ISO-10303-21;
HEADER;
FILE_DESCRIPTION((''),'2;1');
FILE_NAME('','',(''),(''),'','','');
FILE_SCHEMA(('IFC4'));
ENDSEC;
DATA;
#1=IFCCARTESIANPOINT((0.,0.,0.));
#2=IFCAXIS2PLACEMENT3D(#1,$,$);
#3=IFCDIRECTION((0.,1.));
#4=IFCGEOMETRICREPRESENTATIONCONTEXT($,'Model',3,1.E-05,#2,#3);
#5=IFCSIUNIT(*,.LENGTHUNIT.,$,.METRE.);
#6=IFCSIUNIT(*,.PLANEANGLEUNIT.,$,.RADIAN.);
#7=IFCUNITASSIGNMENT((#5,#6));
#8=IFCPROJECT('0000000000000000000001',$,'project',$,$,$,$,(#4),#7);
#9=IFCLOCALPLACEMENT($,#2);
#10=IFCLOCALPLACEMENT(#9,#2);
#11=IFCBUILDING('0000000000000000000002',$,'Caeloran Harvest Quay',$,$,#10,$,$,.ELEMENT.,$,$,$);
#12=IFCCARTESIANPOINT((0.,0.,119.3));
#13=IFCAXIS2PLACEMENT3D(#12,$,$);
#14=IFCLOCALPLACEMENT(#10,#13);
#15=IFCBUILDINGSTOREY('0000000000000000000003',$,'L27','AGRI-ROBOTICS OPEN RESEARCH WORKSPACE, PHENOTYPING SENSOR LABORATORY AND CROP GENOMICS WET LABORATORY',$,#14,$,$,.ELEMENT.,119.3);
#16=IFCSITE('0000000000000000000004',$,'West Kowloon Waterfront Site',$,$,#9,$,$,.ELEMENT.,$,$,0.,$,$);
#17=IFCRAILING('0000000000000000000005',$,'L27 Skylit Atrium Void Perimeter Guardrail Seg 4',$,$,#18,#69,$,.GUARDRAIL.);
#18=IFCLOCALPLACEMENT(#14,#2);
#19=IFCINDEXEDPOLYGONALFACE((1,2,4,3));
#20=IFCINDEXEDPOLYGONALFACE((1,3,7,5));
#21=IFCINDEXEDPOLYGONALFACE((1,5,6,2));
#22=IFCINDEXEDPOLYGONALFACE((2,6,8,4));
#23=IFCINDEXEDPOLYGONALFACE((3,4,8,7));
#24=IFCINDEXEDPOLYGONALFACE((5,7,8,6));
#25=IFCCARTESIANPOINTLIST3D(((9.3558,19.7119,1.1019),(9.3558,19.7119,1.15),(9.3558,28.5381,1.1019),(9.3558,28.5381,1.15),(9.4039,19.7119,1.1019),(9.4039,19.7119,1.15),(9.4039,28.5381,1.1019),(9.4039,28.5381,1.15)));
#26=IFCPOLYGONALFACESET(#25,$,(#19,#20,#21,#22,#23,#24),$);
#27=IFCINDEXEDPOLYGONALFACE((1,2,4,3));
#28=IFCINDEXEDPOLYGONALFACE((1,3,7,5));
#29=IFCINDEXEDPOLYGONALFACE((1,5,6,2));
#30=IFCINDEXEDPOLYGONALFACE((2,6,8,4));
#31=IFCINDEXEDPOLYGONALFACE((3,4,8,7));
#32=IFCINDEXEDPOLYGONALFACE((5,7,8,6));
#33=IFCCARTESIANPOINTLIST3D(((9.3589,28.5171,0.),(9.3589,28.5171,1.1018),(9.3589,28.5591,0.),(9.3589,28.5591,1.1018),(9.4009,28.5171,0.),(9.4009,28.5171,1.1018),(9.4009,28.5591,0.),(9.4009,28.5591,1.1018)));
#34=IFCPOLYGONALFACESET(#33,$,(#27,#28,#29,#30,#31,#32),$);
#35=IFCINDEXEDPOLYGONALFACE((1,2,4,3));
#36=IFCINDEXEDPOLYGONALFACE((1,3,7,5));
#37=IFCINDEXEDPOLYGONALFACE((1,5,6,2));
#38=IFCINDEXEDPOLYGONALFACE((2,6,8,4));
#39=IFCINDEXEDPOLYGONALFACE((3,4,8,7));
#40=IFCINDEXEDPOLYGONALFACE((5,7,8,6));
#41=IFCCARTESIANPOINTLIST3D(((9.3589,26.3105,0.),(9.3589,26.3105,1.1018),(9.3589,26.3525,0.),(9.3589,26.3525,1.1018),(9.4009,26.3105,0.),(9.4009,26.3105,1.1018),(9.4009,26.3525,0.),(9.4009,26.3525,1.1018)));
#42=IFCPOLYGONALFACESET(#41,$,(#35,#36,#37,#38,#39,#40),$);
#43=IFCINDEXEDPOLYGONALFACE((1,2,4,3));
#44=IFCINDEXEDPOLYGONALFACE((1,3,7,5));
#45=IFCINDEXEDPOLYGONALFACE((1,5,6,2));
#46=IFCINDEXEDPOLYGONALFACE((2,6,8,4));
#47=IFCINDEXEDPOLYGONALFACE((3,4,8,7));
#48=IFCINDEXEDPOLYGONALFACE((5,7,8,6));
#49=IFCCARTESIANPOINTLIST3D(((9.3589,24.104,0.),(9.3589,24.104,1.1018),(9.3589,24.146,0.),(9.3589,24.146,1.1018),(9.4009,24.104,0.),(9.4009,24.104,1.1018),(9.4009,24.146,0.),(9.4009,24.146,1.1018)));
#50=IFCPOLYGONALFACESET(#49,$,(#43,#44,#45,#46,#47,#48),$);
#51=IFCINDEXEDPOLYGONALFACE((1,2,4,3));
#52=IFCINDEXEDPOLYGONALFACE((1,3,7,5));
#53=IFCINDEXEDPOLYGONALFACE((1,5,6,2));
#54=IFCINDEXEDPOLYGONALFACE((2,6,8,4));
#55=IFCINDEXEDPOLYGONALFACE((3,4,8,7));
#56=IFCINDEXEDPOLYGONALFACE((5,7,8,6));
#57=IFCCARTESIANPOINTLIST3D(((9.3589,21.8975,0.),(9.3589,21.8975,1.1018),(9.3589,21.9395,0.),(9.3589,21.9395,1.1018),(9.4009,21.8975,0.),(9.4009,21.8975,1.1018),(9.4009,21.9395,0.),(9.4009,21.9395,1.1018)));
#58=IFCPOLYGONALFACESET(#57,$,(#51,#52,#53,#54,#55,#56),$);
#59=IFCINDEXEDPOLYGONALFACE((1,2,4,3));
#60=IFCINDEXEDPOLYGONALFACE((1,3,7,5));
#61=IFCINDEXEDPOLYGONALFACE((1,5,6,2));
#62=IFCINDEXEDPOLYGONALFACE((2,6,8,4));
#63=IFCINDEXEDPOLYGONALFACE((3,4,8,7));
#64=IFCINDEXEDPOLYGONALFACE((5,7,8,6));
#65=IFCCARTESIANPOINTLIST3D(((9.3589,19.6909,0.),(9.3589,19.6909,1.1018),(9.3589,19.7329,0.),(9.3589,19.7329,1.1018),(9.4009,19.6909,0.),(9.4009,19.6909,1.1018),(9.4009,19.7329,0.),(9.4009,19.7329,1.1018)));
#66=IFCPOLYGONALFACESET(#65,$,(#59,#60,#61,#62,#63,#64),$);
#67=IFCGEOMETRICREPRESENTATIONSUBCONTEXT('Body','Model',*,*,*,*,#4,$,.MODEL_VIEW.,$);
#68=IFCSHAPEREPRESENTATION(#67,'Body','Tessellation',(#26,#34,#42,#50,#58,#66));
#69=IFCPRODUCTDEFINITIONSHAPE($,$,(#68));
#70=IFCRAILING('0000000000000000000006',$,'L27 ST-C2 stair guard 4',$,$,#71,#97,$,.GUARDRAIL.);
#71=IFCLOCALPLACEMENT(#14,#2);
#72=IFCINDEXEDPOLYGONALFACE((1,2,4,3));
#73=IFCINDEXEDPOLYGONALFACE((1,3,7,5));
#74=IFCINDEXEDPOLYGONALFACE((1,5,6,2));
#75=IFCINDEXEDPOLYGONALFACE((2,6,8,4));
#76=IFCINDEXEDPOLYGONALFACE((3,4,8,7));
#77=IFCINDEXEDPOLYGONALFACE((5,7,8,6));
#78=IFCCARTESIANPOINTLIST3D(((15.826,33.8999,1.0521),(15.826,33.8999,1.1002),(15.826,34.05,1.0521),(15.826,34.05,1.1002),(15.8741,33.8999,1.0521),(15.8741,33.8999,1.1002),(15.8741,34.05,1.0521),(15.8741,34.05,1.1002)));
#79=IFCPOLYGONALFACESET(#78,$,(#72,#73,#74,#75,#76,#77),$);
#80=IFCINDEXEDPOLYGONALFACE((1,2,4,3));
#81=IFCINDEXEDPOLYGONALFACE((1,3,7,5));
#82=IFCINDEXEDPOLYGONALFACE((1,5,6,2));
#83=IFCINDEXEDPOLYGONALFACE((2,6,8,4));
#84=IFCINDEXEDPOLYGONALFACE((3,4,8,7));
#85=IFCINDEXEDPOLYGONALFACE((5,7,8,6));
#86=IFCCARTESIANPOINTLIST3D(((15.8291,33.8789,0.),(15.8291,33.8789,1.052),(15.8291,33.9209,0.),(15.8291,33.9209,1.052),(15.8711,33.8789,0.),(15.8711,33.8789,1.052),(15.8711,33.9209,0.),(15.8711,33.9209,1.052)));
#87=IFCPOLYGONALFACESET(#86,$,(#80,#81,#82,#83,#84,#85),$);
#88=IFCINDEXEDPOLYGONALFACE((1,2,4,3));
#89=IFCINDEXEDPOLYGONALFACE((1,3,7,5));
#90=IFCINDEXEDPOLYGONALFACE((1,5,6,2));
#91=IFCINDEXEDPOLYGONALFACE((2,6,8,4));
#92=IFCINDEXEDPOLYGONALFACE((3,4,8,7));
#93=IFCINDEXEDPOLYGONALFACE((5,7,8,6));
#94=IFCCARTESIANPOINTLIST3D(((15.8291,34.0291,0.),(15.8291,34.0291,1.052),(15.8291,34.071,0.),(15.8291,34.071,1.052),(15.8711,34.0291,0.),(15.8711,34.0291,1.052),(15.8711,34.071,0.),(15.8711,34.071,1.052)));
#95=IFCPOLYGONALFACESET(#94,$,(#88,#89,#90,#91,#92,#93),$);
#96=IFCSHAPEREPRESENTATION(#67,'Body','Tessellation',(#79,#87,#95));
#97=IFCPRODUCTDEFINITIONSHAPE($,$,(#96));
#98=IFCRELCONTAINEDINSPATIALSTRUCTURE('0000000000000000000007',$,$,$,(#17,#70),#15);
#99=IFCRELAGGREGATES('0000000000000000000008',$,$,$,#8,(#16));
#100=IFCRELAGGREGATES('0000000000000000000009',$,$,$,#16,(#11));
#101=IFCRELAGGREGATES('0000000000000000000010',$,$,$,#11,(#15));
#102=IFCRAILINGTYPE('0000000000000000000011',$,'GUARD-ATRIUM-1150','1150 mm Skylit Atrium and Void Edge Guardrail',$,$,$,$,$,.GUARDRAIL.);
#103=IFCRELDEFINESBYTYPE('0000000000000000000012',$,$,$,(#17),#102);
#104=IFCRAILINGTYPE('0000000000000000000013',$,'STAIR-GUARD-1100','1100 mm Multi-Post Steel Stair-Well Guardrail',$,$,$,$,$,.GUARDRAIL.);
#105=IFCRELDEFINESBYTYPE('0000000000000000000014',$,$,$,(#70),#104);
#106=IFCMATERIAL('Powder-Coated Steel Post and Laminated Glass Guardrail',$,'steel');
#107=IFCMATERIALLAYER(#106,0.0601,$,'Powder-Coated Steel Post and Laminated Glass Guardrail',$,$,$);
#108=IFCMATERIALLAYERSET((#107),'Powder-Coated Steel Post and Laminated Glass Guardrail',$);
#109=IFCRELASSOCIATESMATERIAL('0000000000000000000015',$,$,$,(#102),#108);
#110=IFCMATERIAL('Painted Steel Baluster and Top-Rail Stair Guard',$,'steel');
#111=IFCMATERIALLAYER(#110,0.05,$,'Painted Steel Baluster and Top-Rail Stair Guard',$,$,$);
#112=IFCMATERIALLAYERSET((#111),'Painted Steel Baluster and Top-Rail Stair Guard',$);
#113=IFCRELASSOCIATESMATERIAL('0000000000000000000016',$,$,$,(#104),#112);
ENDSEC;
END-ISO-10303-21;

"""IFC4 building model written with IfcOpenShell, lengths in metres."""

from ifc_helpers import new_model, si_unit, direction, frame, origin, origin_2d, place, context, subcontext, project, spatial, rectangle, extrude, material, layer, layer_set, type_object, element, save


model = new_model("IFC4")

# Units and contexts
model_context = context("Model", 3, precision=1e-05, world=origin(), true_north=direction((0.0, 1.0)))
body_context = subcontext(model_context, "Body", "Model", "MODEL_VIEW")
ifc_project = project(units=[si_unit("LENGTHUNIT", "METRE"), si_unit("PLANEANGLEUNIT", "RADIAN")], contexts=[model_context])

# Site, building, storey
site_placement = place(None, origin())
site = spatial("IfcSite", under=ifc_project, at=site_placement, Name="West Kowloon Waterfront Site", CompositionType="ELEMENT", RefElevation=0.0)
building_placement = place(site_placement, origin())
building = spatial("IfcBuilding", under=site, at=building_placement, Name="Caeloran Harvest Quay", CompositionType="ELEMENT")
storey_placement = place(building_placement, frame((0.0, 0.0, 119.3)))
storey = spatial("IfcBuildingStorey", under=building, at=storey_placement, Name="L27", Description="AGRI-ROBOTICS OPEN RESEARCH WORKSPACE, PHENOTYPING SENSOR LABORATORY AND CROP GENOMICS WET LABORATORY", CompositionType="ELEMENT", Elevation=119.3)

# Railings
ifc_material_1 = material(Name="Powder-Coated Steel Post and Laminated Glass Guardrail", Category="steel")
ifc_layer_1 = layer(ifc_material_1, 0.0601, Name="Powder-Coated Steel Post and Laminated Glass Guardrail")
ifc_layer_set_1 = layer_set([ifc_layer_1], Name="Powder-Coated Steel Post and Laminated Glass Guardrail")
railing_type_1 = type_object("IfcRailingType", Name="GUARD-ATRIUM-1150", Description="1150 mm Skylit Atrium and Void Edge Guardrail", PredefinedType="GUARDRAIL", material=ifc_layer_set_1)
railing_1_placement = place(storey_placement, frame((9.3799, 28.5381, 0.0)))
element("IfcRailing", 1, at=railing_1_placement, inside=storey, type_object=railing_type_1, Name="L27 Skylit Atrium Void Perimeter Guardrail Seg 4", PredefinedType="GUARDRAIL", context=body_context, shape_type="SweptSolid", body=[
    extrude(rectangle(XDim=0.0481, YDim=0.0481, at=origin_2d()), frame((0.0, 0.0, 1.126), z_axis=(0.0, -1.0, 0.0), x_axis=(1.0, 0.0, 0.0)), (0.0, 0.0, 1.0), 8.8262),
    extrude(rectangle(XDim=0.042, YDim=0.042, at=origin_2d()), origin(), (0.0, 0.0, 1.0), 1.1018),
    extrude(rectangle(XDim=0.042, YDim=0.042, at=origin_2d()), frame((0.0, -2.2065, 0.0)), (0.0, 0.0, 1.0), 1.1018),
    extrude(rectangle(XDim=0.042, YDim=0.042, at=origin_2d()), frame((0.0, -4.4131, 0.0)), (0.0, 0.0, 1.0), 1.1018),
    extrude(rectangle(XDim=0.042, YDim=0.042, at=origin_2d()), frame((0.0, -6.6196, 0.0)), (0.0, 0.0, 1.0), 1.1018),
    extrude(rectangle(XDim=0.042, YDim=0.042, at=origin_2d()), frame((0.0, -8.8262, 0.0)), (0.0, 0.0, 1.0), 1.1018),
])
ifc_material_2 = material(Name="Painted Steel Baluster and Top-Rail Stair Guard", Category="steel")
ifc_layer_2 = layer(ifc_material_2, 0.05, Name="Painted Steel Baluster and Top-Rail Stair Guard")
ifc_layer_set_2 = layer_set([ifc_layer_2], Name="Painted Steel Baluster and Top-Rail Stair Guard")
railing_type_2 = type_object("IfcRailingType", Name="STAIR-GUARD-1100", Description="1100 mm Multi-Post Steel Stair-Well Guardrail", PredefinedType="GUARDRAIL", material=ifc_layer_set_2)
railing_2_placement = place(storey_placement, frame((15.8501, 33.8999, 0.0)))
element("IfcRailing", 2, at=railing_2_placement, inside=storey, type_object=railing_type_2, Name="L27 ST-C2 stair guard 4", PredefinedType="GUARDRAIL", context=body_context, shape_type="SweptSolid", body=[
    extrude(rectangle(XDim=0.0481, YDim=0.0481, at=origin_2d()), frame((0.0, 0.0, 1.0762), z_axis=(0.0, 1.0, 0.0), x_axis=(-1.0, 0.0, 0.0)), (0.0, 0.0, 1.0), 0.1501),
    extrude(rectangle(XDim=0.042, YDim=0.042, at=origin_2d()), origin(), (0.0, 0.0, 1.0), 1.052),
    extrude(rectangle(XDim=0.042, YDim=0.042, at=origin_2d()), frame((0.0, 0.1501, 0.0)), (0.0, 0.0, 1.0), 1.052),
])

save(model, "model.ifc")
